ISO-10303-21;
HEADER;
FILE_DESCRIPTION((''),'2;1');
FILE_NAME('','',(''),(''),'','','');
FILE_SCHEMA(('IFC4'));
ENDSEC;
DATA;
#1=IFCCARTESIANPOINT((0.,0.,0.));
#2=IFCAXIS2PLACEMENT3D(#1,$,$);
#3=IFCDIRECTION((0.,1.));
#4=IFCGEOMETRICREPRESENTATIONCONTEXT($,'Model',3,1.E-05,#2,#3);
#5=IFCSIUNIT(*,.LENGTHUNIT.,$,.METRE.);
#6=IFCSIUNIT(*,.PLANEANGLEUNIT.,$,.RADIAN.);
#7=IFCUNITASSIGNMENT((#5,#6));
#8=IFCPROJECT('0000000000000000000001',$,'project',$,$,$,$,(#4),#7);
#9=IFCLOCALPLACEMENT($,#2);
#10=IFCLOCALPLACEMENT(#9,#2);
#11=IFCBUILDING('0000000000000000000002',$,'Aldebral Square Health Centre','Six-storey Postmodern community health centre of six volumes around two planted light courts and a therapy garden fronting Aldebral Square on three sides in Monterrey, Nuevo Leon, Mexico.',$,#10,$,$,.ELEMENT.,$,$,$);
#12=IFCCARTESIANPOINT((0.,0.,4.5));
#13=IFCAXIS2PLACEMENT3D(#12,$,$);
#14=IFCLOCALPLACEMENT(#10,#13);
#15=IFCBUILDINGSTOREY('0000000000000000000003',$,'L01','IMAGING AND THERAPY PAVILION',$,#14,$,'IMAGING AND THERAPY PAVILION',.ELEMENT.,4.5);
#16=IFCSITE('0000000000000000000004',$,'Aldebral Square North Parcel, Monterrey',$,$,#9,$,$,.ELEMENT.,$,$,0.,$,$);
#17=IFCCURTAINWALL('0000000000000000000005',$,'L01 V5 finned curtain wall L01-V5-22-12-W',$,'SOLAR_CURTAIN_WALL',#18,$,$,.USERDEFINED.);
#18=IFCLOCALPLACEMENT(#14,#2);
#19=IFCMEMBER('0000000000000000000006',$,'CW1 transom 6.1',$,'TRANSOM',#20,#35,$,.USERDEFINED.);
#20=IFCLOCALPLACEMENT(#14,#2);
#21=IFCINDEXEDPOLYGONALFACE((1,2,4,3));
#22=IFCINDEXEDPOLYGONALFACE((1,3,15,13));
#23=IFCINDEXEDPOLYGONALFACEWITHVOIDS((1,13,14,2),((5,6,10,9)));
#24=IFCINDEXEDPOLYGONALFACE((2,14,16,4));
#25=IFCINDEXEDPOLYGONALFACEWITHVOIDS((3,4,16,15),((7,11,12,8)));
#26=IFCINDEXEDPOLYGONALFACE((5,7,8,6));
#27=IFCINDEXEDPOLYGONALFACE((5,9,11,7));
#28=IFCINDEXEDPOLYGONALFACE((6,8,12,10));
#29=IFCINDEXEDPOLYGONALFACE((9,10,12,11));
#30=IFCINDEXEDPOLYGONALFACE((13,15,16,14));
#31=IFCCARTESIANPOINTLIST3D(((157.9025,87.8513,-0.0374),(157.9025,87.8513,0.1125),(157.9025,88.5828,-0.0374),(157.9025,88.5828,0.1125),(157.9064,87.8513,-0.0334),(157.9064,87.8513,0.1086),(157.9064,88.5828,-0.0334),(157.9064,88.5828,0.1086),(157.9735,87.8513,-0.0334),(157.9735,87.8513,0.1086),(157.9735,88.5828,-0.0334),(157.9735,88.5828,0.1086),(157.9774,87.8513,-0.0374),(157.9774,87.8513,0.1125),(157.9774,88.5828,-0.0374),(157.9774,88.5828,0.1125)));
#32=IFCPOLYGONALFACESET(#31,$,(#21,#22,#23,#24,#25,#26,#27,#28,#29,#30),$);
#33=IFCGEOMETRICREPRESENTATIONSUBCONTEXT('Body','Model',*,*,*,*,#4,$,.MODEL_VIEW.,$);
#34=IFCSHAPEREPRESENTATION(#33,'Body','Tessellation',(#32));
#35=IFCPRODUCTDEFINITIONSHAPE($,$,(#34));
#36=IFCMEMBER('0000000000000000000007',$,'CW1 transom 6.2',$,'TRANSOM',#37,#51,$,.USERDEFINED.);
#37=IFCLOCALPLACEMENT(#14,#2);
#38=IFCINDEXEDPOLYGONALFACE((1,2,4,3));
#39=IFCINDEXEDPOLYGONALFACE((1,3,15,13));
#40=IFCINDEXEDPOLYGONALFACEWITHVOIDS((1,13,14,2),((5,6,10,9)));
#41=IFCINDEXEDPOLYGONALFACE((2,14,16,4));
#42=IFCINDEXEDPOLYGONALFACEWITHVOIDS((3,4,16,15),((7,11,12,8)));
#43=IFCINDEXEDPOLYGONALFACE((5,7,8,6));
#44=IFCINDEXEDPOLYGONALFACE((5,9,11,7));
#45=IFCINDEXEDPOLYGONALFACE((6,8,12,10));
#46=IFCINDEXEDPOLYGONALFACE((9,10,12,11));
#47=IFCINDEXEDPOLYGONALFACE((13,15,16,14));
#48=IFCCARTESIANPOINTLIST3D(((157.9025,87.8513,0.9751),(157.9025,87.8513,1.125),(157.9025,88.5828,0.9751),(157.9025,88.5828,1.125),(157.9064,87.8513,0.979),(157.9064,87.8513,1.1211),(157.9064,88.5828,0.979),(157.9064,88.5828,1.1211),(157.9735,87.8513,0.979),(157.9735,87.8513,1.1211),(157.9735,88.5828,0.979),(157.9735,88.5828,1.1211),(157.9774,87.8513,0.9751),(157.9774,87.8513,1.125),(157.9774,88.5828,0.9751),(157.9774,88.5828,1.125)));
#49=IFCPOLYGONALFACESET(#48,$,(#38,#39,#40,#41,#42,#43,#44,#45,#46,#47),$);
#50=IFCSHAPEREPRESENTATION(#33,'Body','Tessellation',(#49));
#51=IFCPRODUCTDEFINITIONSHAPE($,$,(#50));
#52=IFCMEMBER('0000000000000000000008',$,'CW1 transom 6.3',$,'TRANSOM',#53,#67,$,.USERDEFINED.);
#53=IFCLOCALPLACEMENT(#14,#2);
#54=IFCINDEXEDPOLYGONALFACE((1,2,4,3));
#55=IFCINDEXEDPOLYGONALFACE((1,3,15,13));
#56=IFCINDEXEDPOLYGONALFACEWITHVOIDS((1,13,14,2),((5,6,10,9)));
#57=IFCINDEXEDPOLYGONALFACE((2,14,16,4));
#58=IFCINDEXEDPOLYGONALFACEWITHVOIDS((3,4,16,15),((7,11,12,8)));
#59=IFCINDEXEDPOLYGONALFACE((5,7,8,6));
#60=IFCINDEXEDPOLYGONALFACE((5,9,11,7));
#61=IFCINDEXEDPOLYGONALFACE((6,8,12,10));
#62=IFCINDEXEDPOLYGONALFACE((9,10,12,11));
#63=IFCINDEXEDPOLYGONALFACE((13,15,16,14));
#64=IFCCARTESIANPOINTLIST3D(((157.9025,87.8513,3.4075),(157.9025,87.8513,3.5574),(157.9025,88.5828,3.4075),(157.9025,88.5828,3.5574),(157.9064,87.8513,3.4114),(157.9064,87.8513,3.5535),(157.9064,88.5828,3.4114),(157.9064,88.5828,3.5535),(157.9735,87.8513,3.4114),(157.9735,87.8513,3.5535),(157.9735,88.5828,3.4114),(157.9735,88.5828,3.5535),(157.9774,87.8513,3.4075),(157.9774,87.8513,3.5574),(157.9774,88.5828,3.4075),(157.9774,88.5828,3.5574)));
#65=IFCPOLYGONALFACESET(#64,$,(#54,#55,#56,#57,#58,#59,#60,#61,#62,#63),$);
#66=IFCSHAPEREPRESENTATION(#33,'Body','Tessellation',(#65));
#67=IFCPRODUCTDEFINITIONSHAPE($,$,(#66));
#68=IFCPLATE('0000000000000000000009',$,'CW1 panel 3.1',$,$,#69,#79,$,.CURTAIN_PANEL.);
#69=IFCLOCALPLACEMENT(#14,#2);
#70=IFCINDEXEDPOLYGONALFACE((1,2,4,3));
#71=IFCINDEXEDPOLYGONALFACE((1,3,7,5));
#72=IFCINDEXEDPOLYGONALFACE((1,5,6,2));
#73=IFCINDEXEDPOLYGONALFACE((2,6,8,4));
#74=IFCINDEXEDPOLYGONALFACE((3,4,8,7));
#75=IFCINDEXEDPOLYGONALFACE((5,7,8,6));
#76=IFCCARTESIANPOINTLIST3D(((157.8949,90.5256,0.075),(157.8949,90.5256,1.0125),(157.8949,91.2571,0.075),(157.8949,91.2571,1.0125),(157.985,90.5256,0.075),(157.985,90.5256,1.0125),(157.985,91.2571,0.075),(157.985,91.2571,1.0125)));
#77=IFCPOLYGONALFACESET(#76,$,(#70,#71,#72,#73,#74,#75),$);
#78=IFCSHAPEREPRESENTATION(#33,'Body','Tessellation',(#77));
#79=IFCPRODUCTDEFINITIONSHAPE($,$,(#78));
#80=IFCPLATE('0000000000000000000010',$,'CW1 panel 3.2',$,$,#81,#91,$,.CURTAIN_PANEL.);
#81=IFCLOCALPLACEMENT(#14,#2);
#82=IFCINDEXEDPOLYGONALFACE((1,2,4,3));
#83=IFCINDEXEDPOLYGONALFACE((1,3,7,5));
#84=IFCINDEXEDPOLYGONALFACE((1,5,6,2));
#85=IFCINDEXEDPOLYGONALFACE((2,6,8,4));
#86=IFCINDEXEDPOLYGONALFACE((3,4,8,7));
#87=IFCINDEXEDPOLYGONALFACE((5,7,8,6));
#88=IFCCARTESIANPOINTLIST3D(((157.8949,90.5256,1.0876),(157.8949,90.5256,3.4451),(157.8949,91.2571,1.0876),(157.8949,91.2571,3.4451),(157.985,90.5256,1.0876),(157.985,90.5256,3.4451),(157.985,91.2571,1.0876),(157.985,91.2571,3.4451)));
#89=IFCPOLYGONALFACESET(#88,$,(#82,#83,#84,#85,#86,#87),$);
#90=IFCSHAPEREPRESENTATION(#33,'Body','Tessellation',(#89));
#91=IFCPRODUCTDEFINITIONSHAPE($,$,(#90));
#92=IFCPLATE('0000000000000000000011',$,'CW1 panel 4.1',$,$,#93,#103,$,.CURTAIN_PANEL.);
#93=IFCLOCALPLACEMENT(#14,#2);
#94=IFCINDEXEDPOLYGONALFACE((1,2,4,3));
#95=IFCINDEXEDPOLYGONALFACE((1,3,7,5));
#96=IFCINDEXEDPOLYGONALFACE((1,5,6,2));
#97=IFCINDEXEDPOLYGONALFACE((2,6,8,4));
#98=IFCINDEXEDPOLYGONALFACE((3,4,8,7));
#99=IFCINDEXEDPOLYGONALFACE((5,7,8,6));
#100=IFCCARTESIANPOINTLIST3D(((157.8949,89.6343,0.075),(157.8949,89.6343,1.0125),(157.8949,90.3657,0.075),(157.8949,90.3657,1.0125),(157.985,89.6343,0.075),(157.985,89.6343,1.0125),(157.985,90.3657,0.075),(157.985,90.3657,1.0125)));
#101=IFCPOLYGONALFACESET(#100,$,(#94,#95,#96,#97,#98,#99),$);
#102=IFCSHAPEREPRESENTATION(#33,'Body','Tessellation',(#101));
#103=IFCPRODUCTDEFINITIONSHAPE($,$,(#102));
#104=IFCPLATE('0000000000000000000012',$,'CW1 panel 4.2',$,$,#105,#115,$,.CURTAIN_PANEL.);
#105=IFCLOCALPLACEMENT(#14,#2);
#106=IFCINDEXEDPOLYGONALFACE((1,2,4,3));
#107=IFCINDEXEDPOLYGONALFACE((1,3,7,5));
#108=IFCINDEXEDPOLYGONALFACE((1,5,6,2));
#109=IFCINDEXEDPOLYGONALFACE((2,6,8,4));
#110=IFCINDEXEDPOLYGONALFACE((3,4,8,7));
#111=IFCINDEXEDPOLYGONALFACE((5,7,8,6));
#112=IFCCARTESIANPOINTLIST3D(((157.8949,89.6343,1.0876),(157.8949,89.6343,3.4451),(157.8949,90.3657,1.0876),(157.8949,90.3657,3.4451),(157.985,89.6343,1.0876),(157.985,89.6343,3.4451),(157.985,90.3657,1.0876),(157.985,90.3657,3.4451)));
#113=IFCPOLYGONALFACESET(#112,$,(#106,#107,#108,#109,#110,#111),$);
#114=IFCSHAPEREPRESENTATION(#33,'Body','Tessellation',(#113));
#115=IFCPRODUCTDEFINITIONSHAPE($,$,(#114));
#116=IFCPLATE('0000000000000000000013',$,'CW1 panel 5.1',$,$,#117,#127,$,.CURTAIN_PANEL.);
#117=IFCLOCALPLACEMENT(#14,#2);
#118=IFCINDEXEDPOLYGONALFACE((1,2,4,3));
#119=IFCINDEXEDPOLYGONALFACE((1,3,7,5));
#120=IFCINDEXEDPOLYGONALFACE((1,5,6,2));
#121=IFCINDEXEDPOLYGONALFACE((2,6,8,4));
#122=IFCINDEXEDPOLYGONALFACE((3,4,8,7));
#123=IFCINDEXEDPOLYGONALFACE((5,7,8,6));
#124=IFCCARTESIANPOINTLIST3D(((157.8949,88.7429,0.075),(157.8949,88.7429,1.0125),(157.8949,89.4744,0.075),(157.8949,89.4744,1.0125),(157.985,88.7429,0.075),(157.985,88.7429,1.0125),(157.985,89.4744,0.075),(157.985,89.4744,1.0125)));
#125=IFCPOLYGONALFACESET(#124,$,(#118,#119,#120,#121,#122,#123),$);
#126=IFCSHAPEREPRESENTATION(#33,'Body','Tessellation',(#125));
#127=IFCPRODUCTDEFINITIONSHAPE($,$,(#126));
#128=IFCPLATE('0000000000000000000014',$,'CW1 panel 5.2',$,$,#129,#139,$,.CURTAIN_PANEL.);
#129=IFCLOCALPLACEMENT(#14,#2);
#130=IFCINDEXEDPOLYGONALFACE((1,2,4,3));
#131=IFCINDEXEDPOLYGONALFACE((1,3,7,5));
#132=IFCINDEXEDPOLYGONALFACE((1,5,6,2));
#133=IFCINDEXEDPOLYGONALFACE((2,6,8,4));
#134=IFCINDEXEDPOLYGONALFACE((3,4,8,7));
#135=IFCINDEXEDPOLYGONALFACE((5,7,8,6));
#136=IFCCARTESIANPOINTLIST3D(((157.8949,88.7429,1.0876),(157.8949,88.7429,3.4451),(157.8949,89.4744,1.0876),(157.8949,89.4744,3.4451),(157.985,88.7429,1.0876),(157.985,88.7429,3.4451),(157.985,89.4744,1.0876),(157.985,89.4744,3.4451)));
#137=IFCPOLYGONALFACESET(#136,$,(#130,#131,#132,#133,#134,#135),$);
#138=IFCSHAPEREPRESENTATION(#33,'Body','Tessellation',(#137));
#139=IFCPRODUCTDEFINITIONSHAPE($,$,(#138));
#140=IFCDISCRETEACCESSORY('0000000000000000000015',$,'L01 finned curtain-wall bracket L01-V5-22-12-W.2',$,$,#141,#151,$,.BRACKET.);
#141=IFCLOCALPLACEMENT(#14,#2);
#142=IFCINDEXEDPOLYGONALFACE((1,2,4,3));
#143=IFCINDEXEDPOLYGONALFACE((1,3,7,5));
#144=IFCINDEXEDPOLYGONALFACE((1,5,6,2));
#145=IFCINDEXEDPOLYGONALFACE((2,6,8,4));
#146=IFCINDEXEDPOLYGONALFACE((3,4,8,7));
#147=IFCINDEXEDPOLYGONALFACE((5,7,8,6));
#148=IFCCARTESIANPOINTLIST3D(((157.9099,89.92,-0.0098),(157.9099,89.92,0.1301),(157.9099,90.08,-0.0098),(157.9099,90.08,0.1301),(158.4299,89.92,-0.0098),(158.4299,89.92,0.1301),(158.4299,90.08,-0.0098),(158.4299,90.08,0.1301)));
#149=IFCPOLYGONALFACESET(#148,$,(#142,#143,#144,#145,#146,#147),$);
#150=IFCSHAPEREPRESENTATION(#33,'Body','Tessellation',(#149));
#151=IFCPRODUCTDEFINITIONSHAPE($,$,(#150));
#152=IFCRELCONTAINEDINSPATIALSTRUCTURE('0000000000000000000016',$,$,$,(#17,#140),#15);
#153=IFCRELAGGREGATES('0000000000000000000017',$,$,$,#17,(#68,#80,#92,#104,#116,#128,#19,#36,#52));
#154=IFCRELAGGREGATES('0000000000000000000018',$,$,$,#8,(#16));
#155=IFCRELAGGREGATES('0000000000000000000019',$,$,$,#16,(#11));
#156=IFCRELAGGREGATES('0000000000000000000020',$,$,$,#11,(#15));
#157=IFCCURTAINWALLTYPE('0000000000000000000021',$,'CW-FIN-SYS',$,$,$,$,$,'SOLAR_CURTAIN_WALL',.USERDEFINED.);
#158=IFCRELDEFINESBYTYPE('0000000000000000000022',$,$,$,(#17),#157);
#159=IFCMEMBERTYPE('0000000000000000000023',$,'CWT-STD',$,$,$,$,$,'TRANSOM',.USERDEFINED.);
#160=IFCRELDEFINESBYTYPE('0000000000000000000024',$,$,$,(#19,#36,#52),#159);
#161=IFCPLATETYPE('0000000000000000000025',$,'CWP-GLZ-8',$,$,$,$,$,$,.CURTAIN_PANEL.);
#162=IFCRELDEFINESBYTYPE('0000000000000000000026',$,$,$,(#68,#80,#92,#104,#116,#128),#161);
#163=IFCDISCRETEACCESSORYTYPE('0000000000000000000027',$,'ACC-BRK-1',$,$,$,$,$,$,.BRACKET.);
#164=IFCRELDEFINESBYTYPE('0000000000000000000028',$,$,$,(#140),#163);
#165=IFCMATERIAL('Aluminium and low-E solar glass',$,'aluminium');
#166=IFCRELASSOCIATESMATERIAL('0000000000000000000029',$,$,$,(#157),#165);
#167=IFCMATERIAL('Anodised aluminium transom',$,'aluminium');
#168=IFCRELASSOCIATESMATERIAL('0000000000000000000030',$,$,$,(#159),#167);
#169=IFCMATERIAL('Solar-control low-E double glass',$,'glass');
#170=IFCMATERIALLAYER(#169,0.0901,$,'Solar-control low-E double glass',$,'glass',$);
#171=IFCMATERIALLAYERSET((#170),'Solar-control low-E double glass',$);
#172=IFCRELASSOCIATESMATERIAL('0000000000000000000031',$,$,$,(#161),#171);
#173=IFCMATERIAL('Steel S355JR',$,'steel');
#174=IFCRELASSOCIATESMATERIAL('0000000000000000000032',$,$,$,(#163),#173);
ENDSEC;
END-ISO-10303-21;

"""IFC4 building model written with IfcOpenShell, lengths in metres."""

from ifc_helpers import new_model, si_unit, direction, frame, origin, origin_2d, place, context, subcontext, project, spatial, rectangle, hollow_rectangle, extrude, material, layer, layer_set, material_profile, profile_set, type_object, element, aggregate, save


model = new_model("IFC4")

# Units and contexts
model_context = context("Model", 3, precision=1e-05, world=origin(), true_north=direction((0.0, 1.0)))
body_context = subcontext(model_context, "Body", "Model", "MODEL_VIEW")
ifc_project = project(units=[si_unit("LENGTHUNIT", "METRE"), si_unit("PLANEANGLEUNIT", "RADIAN")], contexts=[model_context])

# Site, building, storey
site_placement = place(None, origin())
site = spatial("IfcSite", under=ifc_project, at=site_placement, Name="Aldebral Square North Parcel, Monterrey", CompositionType="ELEMENT", RefElevation=0.0)
building_placement = place(site_placement, origin())
building = spatial("IfcBuilding", under=site, at=building_placement, Name="Aldebral Square Health Centre", Description="Six-storey Postmodern community health centre of six volumes around two planted light courts and a therapy garden fronting Aldebral Square on three sides in Monterrey, Nuevo Leon, Mexico.", CompositionType="ELEMENT")
storey_placement = place(building_placement, frame((0.0, 0.0, 4.5)))
storey = spatial("IfcBuildingStorey", under=building, at=storey_placement, Name="L01", Description="IMAGING AND THERAPY PAVILION", LongName="IMAGING AND THERAPY PAVILION", CompositionType="ELEMENT", Elevation=4.5)

# Curtain wall, members, plates
ifc_material_1 = material(Name="Aluminium and low-E solar glass", Category="aluminium")
curtain_wall_type = type_object("IfcCurtainWallType", Name="CW-FIN-SYS", ElementType="SOLAR_CURTAIN_WALL", PredefinedType="USERDEFINED", material=ifc_material_1)
curtain_wall_placement = place(storey_placement, origin())
curtain_wall = element("IfcCurtainWall", 1, at=curtain_wall_placement, inside=storey, type_object=curtain_wall_type, Name="L01 V5 finned curtain wall L01-V5-22-12-W", ObjectType="SOLAR_CURTAIN_WALL", PredefinedType="USERDEFINED")
ifc_material_2 = material(Name="Anodised aluminium transom", Category="aluminium")
ifc_material_profile_1 = material_profile(ifc_material_2, hollow_rectangle(XDim=0.075, YDim=0.1499, WallThickness=0.0039, at=origin_2d()), Name="CWT 75x150x4")
ifc_profile_set_1 = profile_set([ifc_material_profile_1], Name="Anodised aluminium transom")
member_type_1 = type_object("IfcMemberType", Name="CWT-STD", ElementType="TRANSOM", PredefinedType="USERDEFINED", material=ifc_profile_set_1)
member_1_placement = place(storey_placement, frame((157.9399, 88.5828, 0.0376), z_axis=(0.0, -1.0, 0.0), x_axis=(1.0, 0.0, 0.0)))
member_1 = element("IfcMember", 2, at=member_1_placement, type_object=member_type_1, Name="CW1 transom 6.1", ObjectType="TRANSOM", PredefinedType="USERDEFINED", context=body_context, shape_type="SweptSolid", body=[
    extrude(hollow_rectangle(XDim=0.075, YDim=0.1499, WallThickness=0.0039, at=origin_2d()), origin(), (0.0, 0.0, 1.0), 0.7314),
])
member_2_placement = place(storey_placement, frame((157.9399, 88.5828, 1.05), z_axis=(0.0, -1.0, 0.0), x_axis=(1.0, 0.0, 0.0)))
member_2 = element("IfcMember", 3, at=member_2_placement, type_object=member_type_1, Name="CW1 transom 6.2", ObjectType="TRANSOM", PredefinedType="USERDEFINED", context=body_context, shape_type="SweptSolid", body=[
    extrude(hollow_rectangle(XDim=0.075, YDim=0.1499, WallThickness=0.0039, at=origin_2d()), origin(), (0.0, 0.0, 1.0), 0.7314),
])
member_3_placement = place(storey_placement, frame((157.9399, 88.5828, 3.4824), z_axis=(0.0, -1.0, 0.0), x_axis=(1.0, 0.0, 0.0)))
member_3 = element("IfcMember", 4, at=member_3_placement, type_object=member_type_1, Name="CW1 transom 6.3", ObjectType="TRANSOM", PredefinedType="USERDEFINED", context=body_context, shape_type="SweptSolid", body=[
    extrude(hollow_rectangle(XDim=0.075, YDim=0.1499, WallThickness=0.0039, at=origin_2d()), origin(), (0.0, 0.0, 1.0), 0.7314),
])
ifc_material_3 = material(Name="Solar-control low-E double glass", Category="glass")
ifc_layer = layer(ifc_material_3, 0.0901, Name="Solar-control low-E double glass", Category="glass")
ifc_layer_set = layer_set([ifc_layer], Name="Solar-control low-E double glass")
plate_type = type_object("IfcPlateType", Name="CWP-GLZ-8", PredefinedType="CURTAIN_PANEL", material=ifc_layer_set)
plate_1_placement = place(storey_placement, frame((157.9399, 90.8914, 0.075), z_axis=(0.0, 0.0, 1.0), x_axis=(0.0, -1.0, 0.0)))
plate_1 = element("IfcPlate", 5, at=plate_1_placement, type_object=plate_type, Name="CW1 panel 3.1", PredefinedType="CURTAIN_PANEL", context=body_context, shape_type="SweptSolid", body=[
    extrude(rectangle(XDim=0.7314, YDim=0.0901, at=origin_2d()), origin(), (0.0, 0.0, 1.0), 0.9375),
])
plate_2_placement = place(storey_placement, frame((157.9399, 90.8914, 1.0876), z_axis=(0.0, 0.0, 1.0), x_axis=(0.0, -1.0, 0.0)))
plate_2 = element("IfcPlate", 6, at=plate_2_placement, type_object=plate_type, Name="CW1 panel 3.2", PredefinedType="CURTAIN_PANEL", context=body_context, shape_type="SweptSolid", body=[
    extrude(rectangle(XDim=0.7314, YDim=0.0901, at=origin_2d()), origin(), (0.0, 0.0, 1.0), 2.3574),
])
plate_3_placement = place(storey_placement, frame((157.9399, 90.0, 0.075), z_axis=(0.0, 0.0, 1.0), x_axis=(0.0, -1.0, 0.0)))
plate_3 = element("IfcPlate", 7, at=plate_3_placement, type_object=plate_type, Name="CW1 panel 4.1", PredefinedType="CURTAIN_PANEL", context=body_context, shape_type="SweptSolid", body=[
    extrude(rectangle(XDim=0.7314, YDim=0.0901, at=origin_2d()), origin(), (0.0, 0.0, 1.0), 0.9375),
])
plate_4_placement = place(storey_placement, frame((157.9399, 90.0, 1.0876), z_axis=(0.0, 0.0, 1.0), x_axis=(0.0, -1.0, 0.0)))
plate_4 = element("IfcPlate", 8, at=plate_4_placement, type_object=plate_type, Name="CW1 panel 4.2", PredefinedType="CURTAIN_PANEL", context=body_context, shape_type="SweptSolid", body=[
    extrude(rectangle(XDim=0.7314, YDim=0.0901, at=origin_2d()), origin(), (0.0, 0.0, 1.0), 2.3574),
])
plate_5_placement = place(storey_placement, frame((157.9399, 89.1086, 0.075), z_axis=(0.0, 0.0, 1.0), x_axis=(0.0, -1.0, 0.0)))
plate_5 = element("IfcPlate", 9, at=plate_5_placement, type_object=plate_type, Name="CW1 panel 5.1", PredefinedType="CURTAIN_PANEL", context=body_context, shape_type="SweptSolid", body=[
    extrude(rectangle(XDim=0.7314, YDim=0.0901, at=origin_2d()), origin(), (0.0, 0.0, 1.0), 0.9375),
])
plate_6_placement = place(storey_placement, frame((157.9399, 89.1086, 1.0876), z_axis=(0.0, 0.0, 1.0), x_axis=(0.0, -1.0, 0.0)))
plate_6 = element("IfcPlate", 10, at=plate_6_placement, type_object=plate_type, Name="CW1 panel 5.2", PredefinedType="CURTAIN_PANEL", context=body_context, shape_type="SweptSolid", body=[
    extrude(rectangle(XDim=0.7314, YDim=0.0901, at=origin_2d()), origin(), (0.0, 0.0, 1.0), 2.3574),
])
aggregate(curtain_wall, [plate_1, plate_2, plate_3, plate_4, plate_5, plate_6, member_1, member_2, member_3])

# Discrete accessory
ifc_material_4 = material(Name="Steel S355JR", Category="steel")
discrete_accessory_type = type_object("IfcDiscreteAccessoryType", Name="ACC-BRK-1", PredefinedType="BRACKET", material=ifc_material_4)
discrete_accessory_placement = place(storey_placement, frame((158.1699, 90.0, -0.0098), z_axis=(0.0, 0.0, 1.0), x_axis=(0.0, 1.0, 0.0)))
element("IfcDiscreteAccessory", 11, at=discrete_accessory_placement, inside=storey, type_object=discrete_accessory_type, Name="L01 finned curtain-wall bracket L01-V5-22-12-W.2", PredefinedType="BRACKET", context=body_context, shape_type="SweptSolid", body=[
    extrude(rectangle(XDim=0.1599, YDim=0.52, at=origin_2d()), origin(), (0.0, 0.0, 1.0), 0.1399),
])

save(model, "model.ifc")
